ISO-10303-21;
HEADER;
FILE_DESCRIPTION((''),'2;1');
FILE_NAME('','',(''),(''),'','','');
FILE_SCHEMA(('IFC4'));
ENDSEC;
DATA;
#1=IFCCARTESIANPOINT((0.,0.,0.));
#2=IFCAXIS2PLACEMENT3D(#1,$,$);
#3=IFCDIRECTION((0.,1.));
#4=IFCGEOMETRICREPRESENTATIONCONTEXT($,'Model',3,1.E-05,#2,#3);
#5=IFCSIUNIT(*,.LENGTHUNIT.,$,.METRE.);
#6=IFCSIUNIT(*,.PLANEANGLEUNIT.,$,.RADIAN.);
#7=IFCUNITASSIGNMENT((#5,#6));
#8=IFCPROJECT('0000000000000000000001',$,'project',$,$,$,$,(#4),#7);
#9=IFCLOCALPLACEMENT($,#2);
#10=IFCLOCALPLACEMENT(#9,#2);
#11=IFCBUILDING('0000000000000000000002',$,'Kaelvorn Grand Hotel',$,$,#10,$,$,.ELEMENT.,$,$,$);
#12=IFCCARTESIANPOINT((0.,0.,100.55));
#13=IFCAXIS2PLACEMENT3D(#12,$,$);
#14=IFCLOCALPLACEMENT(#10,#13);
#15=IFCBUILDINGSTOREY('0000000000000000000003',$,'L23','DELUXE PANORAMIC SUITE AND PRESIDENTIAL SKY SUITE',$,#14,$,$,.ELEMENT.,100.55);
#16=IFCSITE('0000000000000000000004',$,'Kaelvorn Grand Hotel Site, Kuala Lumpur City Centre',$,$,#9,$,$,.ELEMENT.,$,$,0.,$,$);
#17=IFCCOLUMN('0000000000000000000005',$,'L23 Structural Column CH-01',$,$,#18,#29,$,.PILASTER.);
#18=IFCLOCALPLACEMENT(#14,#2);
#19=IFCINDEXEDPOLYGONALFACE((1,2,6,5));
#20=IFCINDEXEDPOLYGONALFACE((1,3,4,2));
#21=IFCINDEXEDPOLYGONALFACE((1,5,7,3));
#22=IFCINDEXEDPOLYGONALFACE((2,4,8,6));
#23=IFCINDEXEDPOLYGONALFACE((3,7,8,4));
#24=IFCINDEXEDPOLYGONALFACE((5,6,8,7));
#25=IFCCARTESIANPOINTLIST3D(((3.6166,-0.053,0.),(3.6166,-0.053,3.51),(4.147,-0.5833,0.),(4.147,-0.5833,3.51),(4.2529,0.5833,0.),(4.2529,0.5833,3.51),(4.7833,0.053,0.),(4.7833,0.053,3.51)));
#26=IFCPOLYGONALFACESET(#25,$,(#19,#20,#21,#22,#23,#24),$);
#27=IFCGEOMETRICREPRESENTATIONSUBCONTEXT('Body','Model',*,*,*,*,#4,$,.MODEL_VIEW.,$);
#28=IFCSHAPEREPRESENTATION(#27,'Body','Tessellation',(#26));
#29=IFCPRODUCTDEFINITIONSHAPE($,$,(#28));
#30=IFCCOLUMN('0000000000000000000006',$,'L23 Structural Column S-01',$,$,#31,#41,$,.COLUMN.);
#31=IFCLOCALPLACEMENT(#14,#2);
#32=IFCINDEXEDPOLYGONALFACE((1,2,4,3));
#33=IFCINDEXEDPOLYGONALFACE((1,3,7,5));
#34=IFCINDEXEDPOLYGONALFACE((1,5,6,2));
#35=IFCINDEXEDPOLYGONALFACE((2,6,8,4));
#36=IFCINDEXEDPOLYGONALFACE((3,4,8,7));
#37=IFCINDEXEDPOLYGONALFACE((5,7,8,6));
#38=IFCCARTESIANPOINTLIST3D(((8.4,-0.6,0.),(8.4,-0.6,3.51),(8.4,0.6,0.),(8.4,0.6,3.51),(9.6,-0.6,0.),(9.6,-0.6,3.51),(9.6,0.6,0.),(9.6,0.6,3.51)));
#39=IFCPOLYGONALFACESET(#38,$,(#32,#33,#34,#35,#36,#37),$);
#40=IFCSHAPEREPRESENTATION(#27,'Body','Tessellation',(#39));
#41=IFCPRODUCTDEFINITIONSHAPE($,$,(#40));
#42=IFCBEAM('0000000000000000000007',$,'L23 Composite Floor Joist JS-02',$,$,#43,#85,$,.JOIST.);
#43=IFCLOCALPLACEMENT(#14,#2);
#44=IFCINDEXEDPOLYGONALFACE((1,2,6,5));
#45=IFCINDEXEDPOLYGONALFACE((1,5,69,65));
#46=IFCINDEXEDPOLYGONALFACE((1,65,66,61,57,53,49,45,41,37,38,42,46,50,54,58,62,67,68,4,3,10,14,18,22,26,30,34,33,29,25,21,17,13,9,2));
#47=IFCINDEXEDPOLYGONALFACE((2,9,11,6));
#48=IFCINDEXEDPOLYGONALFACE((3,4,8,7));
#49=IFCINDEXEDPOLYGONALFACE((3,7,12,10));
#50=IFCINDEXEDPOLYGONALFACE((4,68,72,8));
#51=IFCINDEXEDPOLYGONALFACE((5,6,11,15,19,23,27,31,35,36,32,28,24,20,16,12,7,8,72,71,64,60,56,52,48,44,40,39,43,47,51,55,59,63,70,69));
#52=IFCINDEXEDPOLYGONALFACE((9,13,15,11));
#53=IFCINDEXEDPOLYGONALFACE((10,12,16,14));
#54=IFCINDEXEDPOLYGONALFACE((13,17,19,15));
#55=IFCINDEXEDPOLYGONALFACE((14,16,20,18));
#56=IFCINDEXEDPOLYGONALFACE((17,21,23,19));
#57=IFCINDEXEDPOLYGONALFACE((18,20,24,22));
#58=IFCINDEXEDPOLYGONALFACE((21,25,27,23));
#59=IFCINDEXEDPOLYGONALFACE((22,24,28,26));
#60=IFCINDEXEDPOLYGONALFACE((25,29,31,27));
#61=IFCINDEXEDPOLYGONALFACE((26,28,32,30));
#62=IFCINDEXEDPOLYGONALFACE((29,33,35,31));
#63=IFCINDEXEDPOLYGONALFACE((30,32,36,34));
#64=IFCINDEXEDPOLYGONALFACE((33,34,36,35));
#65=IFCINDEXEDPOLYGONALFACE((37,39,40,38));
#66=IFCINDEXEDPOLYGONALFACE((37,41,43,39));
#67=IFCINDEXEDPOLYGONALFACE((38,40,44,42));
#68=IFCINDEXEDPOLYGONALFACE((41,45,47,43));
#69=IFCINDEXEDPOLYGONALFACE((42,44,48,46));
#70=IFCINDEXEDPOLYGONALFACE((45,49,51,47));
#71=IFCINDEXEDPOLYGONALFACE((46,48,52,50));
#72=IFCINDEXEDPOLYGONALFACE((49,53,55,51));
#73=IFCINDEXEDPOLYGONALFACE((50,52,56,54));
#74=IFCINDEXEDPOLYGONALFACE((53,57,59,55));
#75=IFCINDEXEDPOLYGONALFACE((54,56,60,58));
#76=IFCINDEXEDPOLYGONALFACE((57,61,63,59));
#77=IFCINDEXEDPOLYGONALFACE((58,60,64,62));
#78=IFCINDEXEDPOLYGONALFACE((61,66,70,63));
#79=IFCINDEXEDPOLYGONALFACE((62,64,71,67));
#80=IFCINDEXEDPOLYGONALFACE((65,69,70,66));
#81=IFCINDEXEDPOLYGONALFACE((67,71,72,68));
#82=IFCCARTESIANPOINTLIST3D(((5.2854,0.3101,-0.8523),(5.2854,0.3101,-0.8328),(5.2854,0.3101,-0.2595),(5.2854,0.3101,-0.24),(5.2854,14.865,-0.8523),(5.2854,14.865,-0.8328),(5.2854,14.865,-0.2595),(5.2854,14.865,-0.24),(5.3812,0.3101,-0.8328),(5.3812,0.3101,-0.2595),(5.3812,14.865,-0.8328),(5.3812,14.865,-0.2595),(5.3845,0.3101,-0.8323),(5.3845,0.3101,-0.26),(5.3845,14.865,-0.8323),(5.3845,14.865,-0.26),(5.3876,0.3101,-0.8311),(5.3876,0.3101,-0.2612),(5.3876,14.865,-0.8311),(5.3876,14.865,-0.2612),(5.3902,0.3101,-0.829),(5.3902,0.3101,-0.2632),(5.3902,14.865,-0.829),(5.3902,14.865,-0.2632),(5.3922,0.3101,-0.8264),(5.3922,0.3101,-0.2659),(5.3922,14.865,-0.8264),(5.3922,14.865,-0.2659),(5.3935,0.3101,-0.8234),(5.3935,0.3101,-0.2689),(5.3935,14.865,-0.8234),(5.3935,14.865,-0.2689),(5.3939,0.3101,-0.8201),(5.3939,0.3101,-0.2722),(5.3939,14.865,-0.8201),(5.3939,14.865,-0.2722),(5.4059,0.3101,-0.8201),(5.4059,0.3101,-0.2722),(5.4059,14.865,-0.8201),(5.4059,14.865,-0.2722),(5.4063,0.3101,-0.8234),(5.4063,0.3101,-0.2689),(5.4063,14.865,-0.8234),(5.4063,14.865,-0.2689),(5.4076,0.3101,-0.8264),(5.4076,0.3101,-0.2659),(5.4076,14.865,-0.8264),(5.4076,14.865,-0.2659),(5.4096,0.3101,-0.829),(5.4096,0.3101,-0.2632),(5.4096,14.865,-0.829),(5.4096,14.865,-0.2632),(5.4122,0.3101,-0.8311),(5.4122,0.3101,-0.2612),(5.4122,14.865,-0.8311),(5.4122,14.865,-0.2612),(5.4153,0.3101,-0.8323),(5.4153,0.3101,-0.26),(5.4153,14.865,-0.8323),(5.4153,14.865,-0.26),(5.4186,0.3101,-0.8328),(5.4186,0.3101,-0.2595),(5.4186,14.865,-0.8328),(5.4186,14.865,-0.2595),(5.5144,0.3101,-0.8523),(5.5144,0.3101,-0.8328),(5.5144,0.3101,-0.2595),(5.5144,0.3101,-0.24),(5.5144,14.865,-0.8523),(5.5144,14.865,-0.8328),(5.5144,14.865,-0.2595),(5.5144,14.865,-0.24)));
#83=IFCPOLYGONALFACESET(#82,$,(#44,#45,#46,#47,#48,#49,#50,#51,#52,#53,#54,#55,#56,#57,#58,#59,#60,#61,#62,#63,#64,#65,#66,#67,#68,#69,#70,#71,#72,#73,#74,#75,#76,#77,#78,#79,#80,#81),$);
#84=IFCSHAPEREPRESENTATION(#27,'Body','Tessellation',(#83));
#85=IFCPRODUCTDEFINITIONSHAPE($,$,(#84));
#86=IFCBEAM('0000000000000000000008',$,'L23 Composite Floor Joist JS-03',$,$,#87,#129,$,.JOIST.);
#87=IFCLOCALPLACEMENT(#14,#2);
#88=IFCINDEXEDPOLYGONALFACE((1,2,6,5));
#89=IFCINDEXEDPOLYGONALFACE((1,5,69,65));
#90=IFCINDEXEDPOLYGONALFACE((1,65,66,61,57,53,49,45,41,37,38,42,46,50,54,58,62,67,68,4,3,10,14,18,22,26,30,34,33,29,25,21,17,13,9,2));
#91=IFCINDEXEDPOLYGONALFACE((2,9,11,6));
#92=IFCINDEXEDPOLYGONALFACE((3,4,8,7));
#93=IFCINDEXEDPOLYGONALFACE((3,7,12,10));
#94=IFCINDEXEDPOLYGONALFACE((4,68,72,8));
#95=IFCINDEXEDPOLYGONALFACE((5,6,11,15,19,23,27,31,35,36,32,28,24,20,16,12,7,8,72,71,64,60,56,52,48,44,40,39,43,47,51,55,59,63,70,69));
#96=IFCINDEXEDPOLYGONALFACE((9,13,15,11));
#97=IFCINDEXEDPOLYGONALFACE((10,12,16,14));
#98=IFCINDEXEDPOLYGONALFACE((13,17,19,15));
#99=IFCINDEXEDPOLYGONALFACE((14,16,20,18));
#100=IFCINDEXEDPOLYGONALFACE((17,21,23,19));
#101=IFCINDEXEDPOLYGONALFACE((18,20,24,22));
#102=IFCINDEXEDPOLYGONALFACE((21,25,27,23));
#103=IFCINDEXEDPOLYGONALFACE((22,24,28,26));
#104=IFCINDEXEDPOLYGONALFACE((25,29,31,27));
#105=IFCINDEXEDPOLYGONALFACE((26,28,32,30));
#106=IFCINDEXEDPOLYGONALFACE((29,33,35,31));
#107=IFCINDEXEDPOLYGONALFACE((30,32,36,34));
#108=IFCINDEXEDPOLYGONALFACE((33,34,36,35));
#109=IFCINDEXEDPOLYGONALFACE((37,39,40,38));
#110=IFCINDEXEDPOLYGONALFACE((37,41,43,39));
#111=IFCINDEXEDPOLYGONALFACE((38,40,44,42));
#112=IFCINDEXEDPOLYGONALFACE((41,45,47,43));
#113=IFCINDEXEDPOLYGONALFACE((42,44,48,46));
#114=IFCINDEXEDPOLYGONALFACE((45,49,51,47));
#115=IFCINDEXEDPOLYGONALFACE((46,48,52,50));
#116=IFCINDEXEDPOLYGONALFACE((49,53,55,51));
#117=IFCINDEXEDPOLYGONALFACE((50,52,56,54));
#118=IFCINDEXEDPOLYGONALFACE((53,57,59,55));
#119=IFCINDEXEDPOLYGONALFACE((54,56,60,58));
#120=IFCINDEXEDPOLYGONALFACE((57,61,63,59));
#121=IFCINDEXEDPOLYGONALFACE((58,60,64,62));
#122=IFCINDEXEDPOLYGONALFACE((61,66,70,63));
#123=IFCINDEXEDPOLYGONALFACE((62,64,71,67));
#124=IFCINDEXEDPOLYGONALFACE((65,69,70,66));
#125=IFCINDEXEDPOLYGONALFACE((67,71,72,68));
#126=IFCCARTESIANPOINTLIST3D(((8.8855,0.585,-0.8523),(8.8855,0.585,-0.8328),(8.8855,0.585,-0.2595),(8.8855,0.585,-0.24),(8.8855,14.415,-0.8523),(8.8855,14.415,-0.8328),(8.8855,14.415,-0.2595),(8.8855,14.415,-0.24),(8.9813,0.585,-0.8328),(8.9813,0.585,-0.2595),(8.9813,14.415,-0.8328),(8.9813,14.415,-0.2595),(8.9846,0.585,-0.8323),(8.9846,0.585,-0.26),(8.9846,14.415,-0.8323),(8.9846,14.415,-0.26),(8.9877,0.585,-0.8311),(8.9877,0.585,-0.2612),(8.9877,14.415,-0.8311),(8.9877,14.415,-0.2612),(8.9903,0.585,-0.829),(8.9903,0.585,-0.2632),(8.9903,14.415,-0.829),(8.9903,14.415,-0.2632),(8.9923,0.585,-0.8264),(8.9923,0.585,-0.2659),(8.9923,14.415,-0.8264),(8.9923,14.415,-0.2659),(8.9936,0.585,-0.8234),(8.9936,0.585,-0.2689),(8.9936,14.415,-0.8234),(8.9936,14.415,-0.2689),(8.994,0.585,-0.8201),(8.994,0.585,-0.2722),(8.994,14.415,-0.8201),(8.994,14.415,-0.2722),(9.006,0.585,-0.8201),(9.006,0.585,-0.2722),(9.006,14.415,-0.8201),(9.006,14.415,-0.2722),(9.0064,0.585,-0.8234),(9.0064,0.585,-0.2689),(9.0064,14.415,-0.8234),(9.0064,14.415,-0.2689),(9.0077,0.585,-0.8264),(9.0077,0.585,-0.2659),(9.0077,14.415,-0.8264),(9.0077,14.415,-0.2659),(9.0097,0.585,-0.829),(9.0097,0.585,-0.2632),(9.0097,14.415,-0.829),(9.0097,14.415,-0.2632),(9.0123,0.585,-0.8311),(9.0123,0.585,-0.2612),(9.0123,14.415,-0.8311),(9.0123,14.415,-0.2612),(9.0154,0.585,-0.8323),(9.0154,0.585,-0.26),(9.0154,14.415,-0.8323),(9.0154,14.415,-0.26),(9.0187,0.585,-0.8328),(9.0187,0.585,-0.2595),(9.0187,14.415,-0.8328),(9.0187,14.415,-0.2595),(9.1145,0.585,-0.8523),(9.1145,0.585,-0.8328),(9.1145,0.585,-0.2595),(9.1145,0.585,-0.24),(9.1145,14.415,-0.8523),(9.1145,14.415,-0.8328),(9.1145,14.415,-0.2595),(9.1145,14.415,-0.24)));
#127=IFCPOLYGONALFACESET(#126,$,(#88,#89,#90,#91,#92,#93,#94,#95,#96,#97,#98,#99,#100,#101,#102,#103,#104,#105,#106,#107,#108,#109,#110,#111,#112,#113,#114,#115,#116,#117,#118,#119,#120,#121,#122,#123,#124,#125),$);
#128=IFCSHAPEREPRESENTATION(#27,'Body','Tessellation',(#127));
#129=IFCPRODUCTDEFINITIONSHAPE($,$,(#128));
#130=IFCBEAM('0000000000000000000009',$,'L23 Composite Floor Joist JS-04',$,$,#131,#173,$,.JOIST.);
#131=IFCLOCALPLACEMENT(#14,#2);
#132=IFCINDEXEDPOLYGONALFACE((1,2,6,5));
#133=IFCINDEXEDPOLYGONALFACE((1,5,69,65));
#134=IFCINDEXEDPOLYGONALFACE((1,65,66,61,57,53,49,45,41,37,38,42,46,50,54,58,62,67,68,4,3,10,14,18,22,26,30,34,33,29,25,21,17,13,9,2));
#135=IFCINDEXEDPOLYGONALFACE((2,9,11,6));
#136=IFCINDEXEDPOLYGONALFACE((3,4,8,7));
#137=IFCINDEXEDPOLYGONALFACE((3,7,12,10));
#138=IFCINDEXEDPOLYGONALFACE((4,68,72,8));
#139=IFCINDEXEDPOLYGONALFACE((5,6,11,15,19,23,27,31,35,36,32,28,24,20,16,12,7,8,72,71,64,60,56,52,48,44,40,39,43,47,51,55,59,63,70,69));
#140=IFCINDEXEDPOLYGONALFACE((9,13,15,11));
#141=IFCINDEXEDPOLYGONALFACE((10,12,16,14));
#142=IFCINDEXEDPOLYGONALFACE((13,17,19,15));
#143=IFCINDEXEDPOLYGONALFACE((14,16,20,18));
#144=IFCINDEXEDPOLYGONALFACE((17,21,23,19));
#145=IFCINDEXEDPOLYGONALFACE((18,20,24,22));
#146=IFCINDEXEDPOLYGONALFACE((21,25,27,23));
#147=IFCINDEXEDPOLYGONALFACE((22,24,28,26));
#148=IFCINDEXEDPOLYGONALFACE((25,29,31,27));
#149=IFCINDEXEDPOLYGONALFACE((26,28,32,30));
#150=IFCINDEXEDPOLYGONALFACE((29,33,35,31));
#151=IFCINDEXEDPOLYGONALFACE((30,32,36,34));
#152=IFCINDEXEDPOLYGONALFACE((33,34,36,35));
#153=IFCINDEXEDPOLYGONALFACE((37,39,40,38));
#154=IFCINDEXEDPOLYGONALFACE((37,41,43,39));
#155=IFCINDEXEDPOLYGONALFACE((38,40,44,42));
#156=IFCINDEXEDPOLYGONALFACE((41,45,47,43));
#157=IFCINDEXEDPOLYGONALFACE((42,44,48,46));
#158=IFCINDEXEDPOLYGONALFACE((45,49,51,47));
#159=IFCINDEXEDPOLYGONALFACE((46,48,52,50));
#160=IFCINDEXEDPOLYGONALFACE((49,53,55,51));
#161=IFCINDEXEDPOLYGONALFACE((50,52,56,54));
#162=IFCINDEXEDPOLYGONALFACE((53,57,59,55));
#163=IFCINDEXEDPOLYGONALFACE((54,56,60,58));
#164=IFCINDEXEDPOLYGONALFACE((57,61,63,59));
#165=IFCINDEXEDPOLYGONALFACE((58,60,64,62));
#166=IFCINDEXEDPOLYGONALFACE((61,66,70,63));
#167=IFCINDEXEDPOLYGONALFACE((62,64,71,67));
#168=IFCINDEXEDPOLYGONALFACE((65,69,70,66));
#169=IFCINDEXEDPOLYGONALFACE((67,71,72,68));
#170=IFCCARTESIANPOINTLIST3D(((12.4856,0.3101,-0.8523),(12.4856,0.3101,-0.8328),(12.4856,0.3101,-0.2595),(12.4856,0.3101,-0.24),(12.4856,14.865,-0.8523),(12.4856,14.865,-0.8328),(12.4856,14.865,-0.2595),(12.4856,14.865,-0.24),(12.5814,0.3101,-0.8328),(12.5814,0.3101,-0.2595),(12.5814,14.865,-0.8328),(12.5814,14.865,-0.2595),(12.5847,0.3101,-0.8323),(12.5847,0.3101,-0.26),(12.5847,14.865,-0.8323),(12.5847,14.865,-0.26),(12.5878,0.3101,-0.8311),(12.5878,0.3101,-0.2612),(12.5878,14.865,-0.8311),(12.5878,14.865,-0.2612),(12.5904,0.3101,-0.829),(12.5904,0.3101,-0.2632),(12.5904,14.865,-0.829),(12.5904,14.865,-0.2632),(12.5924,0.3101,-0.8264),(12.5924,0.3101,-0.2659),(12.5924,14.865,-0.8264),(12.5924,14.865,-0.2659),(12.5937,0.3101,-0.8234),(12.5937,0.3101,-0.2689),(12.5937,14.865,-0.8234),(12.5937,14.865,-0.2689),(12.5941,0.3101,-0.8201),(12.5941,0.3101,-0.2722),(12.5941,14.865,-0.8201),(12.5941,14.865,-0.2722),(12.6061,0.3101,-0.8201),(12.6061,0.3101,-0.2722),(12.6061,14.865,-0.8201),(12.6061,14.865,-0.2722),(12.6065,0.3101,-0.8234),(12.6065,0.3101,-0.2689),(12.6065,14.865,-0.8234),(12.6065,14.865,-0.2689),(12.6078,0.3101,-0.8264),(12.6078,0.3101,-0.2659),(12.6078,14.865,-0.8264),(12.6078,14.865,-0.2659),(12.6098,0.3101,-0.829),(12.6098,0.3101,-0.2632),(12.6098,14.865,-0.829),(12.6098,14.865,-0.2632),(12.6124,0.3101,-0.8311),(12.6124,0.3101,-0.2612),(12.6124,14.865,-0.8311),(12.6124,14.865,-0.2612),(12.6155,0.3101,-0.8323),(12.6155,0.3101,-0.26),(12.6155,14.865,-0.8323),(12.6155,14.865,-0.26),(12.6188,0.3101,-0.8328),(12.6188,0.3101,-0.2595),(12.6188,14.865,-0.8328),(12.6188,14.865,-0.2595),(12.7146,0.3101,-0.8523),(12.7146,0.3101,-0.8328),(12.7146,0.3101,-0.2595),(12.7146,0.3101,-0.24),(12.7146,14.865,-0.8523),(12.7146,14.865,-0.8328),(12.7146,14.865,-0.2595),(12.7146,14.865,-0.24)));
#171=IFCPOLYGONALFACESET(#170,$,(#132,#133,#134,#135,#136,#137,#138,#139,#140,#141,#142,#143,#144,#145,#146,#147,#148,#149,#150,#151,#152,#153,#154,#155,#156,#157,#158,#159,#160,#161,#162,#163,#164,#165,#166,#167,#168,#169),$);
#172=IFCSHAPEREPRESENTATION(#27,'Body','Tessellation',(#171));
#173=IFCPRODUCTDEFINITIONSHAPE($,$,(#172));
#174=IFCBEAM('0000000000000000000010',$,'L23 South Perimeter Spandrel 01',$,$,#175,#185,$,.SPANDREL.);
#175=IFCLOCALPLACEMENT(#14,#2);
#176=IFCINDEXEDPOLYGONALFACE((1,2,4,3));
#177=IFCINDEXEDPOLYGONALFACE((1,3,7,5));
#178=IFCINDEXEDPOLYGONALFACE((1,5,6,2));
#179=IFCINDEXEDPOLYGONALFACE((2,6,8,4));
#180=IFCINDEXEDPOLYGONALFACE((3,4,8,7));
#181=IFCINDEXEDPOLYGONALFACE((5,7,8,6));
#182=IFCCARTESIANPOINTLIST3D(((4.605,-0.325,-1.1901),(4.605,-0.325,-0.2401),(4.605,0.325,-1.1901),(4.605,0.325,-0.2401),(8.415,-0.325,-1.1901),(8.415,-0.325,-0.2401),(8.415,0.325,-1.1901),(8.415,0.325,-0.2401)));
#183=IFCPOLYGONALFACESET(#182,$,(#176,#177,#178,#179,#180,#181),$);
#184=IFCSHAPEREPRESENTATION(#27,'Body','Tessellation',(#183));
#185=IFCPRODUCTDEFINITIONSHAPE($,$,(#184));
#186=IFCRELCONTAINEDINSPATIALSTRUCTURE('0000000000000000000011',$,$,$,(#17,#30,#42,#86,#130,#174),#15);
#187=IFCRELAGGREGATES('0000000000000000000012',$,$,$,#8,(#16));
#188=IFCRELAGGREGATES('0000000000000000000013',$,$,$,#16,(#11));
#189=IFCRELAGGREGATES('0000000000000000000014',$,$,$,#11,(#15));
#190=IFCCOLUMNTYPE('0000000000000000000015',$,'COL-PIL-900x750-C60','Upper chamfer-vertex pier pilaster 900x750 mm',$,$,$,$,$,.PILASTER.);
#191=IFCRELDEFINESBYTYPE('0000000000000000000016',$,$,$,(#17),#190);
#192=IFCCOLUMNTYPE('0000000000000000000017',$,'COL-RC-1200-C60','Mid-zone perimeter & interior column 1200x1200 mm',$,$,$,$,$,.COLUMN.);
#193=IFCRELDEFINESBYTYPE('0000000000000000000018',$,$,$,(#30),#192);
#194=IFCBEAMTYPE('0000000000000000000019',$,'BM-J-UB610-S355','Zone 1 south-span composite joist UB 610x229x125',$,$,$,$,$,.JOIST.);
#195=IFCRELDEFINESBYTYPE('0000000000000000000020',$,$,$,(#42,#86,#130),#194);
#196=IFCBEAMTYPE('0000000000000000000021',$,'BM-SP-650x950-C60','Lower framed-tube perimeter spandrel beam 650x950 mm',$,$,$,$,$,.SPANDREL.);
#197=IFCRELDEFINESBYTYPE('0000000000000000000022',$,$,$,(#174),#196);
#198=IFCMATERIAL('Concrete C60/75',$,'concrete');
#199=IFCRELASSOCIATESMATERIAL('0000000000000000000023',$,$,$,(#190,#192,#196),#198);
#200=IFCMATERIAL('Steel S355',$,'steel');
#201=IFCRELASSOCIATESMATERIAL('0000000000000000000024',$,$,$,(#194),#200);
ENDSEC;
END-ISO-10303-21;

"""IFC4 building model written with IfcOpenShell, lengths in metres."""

from ifc_helpers import new_model, si_unit, direction, frame, origin, origin_2d, place, context, subcontext, project, spatial, rectangle, i_section, extrude, material, material_profile, profile_set, type_object, element, save


model = new_model("IFC4")

# Units and contexts
model_context = context("Model", 3, precision=1e-05, world=origin(), true_north=direction((0.0, 1.0)))
body_context = subcontext(model_context, "Body", "Model", "MODEL_VIEW")
ifc_project = project(units=[si_unit("LENGTHUNIT", "METRE"), si_unit("PLANEANGLEUNIT", "RADIAN")], contexts=[model_context])

# Site, building, storey
site_placement = place(None, origin())
site = spatial("IfcSite", under=ifc_project, at=site_placement, Name="Kaelvorn Grand Hotel Site, Kuala Lumpur City Centre", CompositionType="ELEMENT", RefElevation=0.0)
building_placement = place(site_placement, origin())
building = spatial("IfcBuilding", under=site, at=building_placement, Name="Kaelvorn Grand Hotel", CompositionType="ELEMENT")
storey_placement = place(building_placement, frame((0.0, 0.0, 100.55)))
storey = spatial("IfcBuildingStorey", under=building, at=storey_placement, Name="L23", Description="DELUXE PANORAMIC SUITE AND PRESIDENTIAL SKY SUITE", CompositionType="ELEMENT", Elevation=100.55)

# Columns
ifc_material_1 = material(Name="Concrete C60/75", Category="concrete")
ifc_material_profile_1 = material_profile(ifc_material_1, rectangle(XDim=0.8999, YDim=0.75, at=origin_2d()), Name="RC PILASTER 900x750")
ifc_profile_set_1 = profile_set([ifc_material_profile_1], Name="Concrete C60/75")
column_type_1 = type_object("IfcColumnType", Name="COL-PIL-900x750-C60", Description="Upper chamfer-vertex pier pilaster 900x750 mm", PredefinedType="PILASTER", material=ifc_profile_set_1)
column_1_placement = place(storey_placement, frame((4.2, 0.0, 0.0), z_axis=(0.0, 0.0, 1.0), x_axis=(0.707107, 0.707107, 0.0)))
element("IfcColumn", 1, at=column_1_placement, inside=storey, type_object=column_type_1, Name="L23 Structural Column CH-01", PredefinedType="PILASTER", context=body_context, shape_type="SweptSolid", body=[
    extrude(rectangle(XDim=0.8999, YDim=0.75, at=origin_2d()), origin(), (0.0, 0.0, 1.0), 3.51),
])
ifc_material_profile_2 = material_profile(ifc_material_1, rectangle(XDim=1.2, YDim=1.2, at=origin_2d()), Name="RC COL 1200x1200")
ifc_profile_set_2 = profile_set([ifc_material_profile_2], Name="Concrete C60/75")
column_type_2 = type_object("IfcColumnType", Name="COL-RC-1200-C60", Description="Mid-zone perimeter & interior column 1200x1200 mm", PredefinedType="COLUMN", material=ifc_profile_set_2)
column_2_placement = place(storey_placement, frame((9.0, 0.0, 0.0), z_axis=(0.0, 0.0, 1.0), x_axis=(1.0, 0.0, 0.0)))
element("IfcColumn", 2, at=column_2_placement, inside=storey, type_object=column_type_2, Name="L23 Structural Column S-01", PredefinedType="COLUMN", context=body_context, shape_type="SweptSolid", body=[
    extrude(rectangle(XDim=1.2, YDim=1.2, at=origin_2d()), origin(), (0.0, 0.0, 1.0), 3.51),
])

# Beams
ifc_material_2 = material(Name="Steel S355", Category="steel")
ifc_material_profile_3 = material_profile(ifc_material_2, i_section(OverallWidth=0.229, OverallDepth=0.6123, WebThickness=0.012, FlangeThickness=0.0195, FilletRadius=0.0127, at=origin_2d()), Name="UB 610x229x125")
ifc_profile_set_3 = profile_set([ifc_material_profile_3], Name="Steel S355")
beam_type_1 = type_object("IfcBeamType", Name="BM-J-UB610-S355", Description="Zone 1 south-span composite joist UB 610x229x125", PredefinedType="JOIST", material=ifc_profile_set_3)
beam_1_placement = place(storey_placement, frame((5.3999, 0.3101, -0.5461), z_axis=(0.0, 1.0, 0.0), x_axis=(-1.0, 0.0, 0.0)))
element("IfcBeam", 3, at=beam_1_placement, inside=storey, type_object=beam_type_1, Name="L23 Composite Floor Joist JS-02", PredefinedType="JOIST", context=body_context, shape_type="SweptSolid", body=[
    extrude(i_section(OverallWidth=0.229, OverallDepth=0.6123, WebThickness=0.012, FlangeThickness=0.0195, FilletRadius=0.0127, at=origin_2d()), origin(), (0.0, 0.0, 1.0), 14.5549),
])
beam_2_placement = place(storey_placement, frame((9.0, 0.585, -0.5461), z_axis=(0.0, 1.0, 0.0), x_axis=(-1.0, 0.0, 0.0)))
element("IfcBeam", 4, at=beam_2_placement, inside=storey, type_object=beam_type_1, Name="L23 Composite Floor Joist JS-03", PredefinedType="JOIST", context=body_context, shape_type="SweptSolid", body=[
    extrude(i_section(OverallWidth=0.229, OverallDepth=0.6123, WebThickness=0.012, FlangeThickness=0.0195, FilletRadius=0.0127, at=origin_2d()), origin(), (0.0, 0.0, 1.0), 13.8301),
])
beam_3_placement = place(storey_placement, frame((12.6001, 0.3101, -0.5461), z_axis=(0.0, 1.0, 0.0), x_axis=(-1.0, 0.0, 0.0)))
element("IfcBeam", 5, at=beam_3_placement, inside=storey, type_object=beam_type_1, Name="L23 Composite Floor Joist JS-04", PredefinedType="JOIST", context=body_context, shape_type="SweptSolid", body=[
    extrude(i_section(OverallWidth=0.229, OverallDepth=0.6123, WebThickness=0.012, FlangeThickness=0.0195, FilletRadius=0.0127, at=origin_2d()), origin(), (0.0, 0.0, 1.0), 14.5549),
])
ifc_material_profile_4 = material_profile(ifc_material_1, rectangle(XDim=0.6499, YDim=0.95, at=origin_2d()), Name="RC SPANDREL 650x950")
ifc_profile_set_4 = profile_set([ifc_material_profile_4], Name="Concrete C60/75")
beam_type_2 = type_object("IfcBeamType", Name="BM-SP-650x950-C60", Description="Lower framed-tube perimeter spandrel beam 650x950 mm", PredefinedType="SPANDREL", material=ifc_profile_set_4)
beam_4_placement = place(storey_placement, frame((4.605, 0.0, -0.7151), z_axis=(1.0, 0.0, 0.0), x_axis=(0.0, 1.0, 0.0)))
element("IfcBeam", 6, at=beam_4_placement, inside=storey, type_object=beam_type_2, Name="L23 South Perimeter Spandrel 01", PredefinedType="SPANDREL", context=body_context, shape_type="SweptSolid", body=[
    extrude(rectangle(XDim=0.6499, YDim=0.95, at=origin_2d()), origin(), (0.0, 0.0, 1.0), 3.8101),
])

save(model, "model.ifc")
